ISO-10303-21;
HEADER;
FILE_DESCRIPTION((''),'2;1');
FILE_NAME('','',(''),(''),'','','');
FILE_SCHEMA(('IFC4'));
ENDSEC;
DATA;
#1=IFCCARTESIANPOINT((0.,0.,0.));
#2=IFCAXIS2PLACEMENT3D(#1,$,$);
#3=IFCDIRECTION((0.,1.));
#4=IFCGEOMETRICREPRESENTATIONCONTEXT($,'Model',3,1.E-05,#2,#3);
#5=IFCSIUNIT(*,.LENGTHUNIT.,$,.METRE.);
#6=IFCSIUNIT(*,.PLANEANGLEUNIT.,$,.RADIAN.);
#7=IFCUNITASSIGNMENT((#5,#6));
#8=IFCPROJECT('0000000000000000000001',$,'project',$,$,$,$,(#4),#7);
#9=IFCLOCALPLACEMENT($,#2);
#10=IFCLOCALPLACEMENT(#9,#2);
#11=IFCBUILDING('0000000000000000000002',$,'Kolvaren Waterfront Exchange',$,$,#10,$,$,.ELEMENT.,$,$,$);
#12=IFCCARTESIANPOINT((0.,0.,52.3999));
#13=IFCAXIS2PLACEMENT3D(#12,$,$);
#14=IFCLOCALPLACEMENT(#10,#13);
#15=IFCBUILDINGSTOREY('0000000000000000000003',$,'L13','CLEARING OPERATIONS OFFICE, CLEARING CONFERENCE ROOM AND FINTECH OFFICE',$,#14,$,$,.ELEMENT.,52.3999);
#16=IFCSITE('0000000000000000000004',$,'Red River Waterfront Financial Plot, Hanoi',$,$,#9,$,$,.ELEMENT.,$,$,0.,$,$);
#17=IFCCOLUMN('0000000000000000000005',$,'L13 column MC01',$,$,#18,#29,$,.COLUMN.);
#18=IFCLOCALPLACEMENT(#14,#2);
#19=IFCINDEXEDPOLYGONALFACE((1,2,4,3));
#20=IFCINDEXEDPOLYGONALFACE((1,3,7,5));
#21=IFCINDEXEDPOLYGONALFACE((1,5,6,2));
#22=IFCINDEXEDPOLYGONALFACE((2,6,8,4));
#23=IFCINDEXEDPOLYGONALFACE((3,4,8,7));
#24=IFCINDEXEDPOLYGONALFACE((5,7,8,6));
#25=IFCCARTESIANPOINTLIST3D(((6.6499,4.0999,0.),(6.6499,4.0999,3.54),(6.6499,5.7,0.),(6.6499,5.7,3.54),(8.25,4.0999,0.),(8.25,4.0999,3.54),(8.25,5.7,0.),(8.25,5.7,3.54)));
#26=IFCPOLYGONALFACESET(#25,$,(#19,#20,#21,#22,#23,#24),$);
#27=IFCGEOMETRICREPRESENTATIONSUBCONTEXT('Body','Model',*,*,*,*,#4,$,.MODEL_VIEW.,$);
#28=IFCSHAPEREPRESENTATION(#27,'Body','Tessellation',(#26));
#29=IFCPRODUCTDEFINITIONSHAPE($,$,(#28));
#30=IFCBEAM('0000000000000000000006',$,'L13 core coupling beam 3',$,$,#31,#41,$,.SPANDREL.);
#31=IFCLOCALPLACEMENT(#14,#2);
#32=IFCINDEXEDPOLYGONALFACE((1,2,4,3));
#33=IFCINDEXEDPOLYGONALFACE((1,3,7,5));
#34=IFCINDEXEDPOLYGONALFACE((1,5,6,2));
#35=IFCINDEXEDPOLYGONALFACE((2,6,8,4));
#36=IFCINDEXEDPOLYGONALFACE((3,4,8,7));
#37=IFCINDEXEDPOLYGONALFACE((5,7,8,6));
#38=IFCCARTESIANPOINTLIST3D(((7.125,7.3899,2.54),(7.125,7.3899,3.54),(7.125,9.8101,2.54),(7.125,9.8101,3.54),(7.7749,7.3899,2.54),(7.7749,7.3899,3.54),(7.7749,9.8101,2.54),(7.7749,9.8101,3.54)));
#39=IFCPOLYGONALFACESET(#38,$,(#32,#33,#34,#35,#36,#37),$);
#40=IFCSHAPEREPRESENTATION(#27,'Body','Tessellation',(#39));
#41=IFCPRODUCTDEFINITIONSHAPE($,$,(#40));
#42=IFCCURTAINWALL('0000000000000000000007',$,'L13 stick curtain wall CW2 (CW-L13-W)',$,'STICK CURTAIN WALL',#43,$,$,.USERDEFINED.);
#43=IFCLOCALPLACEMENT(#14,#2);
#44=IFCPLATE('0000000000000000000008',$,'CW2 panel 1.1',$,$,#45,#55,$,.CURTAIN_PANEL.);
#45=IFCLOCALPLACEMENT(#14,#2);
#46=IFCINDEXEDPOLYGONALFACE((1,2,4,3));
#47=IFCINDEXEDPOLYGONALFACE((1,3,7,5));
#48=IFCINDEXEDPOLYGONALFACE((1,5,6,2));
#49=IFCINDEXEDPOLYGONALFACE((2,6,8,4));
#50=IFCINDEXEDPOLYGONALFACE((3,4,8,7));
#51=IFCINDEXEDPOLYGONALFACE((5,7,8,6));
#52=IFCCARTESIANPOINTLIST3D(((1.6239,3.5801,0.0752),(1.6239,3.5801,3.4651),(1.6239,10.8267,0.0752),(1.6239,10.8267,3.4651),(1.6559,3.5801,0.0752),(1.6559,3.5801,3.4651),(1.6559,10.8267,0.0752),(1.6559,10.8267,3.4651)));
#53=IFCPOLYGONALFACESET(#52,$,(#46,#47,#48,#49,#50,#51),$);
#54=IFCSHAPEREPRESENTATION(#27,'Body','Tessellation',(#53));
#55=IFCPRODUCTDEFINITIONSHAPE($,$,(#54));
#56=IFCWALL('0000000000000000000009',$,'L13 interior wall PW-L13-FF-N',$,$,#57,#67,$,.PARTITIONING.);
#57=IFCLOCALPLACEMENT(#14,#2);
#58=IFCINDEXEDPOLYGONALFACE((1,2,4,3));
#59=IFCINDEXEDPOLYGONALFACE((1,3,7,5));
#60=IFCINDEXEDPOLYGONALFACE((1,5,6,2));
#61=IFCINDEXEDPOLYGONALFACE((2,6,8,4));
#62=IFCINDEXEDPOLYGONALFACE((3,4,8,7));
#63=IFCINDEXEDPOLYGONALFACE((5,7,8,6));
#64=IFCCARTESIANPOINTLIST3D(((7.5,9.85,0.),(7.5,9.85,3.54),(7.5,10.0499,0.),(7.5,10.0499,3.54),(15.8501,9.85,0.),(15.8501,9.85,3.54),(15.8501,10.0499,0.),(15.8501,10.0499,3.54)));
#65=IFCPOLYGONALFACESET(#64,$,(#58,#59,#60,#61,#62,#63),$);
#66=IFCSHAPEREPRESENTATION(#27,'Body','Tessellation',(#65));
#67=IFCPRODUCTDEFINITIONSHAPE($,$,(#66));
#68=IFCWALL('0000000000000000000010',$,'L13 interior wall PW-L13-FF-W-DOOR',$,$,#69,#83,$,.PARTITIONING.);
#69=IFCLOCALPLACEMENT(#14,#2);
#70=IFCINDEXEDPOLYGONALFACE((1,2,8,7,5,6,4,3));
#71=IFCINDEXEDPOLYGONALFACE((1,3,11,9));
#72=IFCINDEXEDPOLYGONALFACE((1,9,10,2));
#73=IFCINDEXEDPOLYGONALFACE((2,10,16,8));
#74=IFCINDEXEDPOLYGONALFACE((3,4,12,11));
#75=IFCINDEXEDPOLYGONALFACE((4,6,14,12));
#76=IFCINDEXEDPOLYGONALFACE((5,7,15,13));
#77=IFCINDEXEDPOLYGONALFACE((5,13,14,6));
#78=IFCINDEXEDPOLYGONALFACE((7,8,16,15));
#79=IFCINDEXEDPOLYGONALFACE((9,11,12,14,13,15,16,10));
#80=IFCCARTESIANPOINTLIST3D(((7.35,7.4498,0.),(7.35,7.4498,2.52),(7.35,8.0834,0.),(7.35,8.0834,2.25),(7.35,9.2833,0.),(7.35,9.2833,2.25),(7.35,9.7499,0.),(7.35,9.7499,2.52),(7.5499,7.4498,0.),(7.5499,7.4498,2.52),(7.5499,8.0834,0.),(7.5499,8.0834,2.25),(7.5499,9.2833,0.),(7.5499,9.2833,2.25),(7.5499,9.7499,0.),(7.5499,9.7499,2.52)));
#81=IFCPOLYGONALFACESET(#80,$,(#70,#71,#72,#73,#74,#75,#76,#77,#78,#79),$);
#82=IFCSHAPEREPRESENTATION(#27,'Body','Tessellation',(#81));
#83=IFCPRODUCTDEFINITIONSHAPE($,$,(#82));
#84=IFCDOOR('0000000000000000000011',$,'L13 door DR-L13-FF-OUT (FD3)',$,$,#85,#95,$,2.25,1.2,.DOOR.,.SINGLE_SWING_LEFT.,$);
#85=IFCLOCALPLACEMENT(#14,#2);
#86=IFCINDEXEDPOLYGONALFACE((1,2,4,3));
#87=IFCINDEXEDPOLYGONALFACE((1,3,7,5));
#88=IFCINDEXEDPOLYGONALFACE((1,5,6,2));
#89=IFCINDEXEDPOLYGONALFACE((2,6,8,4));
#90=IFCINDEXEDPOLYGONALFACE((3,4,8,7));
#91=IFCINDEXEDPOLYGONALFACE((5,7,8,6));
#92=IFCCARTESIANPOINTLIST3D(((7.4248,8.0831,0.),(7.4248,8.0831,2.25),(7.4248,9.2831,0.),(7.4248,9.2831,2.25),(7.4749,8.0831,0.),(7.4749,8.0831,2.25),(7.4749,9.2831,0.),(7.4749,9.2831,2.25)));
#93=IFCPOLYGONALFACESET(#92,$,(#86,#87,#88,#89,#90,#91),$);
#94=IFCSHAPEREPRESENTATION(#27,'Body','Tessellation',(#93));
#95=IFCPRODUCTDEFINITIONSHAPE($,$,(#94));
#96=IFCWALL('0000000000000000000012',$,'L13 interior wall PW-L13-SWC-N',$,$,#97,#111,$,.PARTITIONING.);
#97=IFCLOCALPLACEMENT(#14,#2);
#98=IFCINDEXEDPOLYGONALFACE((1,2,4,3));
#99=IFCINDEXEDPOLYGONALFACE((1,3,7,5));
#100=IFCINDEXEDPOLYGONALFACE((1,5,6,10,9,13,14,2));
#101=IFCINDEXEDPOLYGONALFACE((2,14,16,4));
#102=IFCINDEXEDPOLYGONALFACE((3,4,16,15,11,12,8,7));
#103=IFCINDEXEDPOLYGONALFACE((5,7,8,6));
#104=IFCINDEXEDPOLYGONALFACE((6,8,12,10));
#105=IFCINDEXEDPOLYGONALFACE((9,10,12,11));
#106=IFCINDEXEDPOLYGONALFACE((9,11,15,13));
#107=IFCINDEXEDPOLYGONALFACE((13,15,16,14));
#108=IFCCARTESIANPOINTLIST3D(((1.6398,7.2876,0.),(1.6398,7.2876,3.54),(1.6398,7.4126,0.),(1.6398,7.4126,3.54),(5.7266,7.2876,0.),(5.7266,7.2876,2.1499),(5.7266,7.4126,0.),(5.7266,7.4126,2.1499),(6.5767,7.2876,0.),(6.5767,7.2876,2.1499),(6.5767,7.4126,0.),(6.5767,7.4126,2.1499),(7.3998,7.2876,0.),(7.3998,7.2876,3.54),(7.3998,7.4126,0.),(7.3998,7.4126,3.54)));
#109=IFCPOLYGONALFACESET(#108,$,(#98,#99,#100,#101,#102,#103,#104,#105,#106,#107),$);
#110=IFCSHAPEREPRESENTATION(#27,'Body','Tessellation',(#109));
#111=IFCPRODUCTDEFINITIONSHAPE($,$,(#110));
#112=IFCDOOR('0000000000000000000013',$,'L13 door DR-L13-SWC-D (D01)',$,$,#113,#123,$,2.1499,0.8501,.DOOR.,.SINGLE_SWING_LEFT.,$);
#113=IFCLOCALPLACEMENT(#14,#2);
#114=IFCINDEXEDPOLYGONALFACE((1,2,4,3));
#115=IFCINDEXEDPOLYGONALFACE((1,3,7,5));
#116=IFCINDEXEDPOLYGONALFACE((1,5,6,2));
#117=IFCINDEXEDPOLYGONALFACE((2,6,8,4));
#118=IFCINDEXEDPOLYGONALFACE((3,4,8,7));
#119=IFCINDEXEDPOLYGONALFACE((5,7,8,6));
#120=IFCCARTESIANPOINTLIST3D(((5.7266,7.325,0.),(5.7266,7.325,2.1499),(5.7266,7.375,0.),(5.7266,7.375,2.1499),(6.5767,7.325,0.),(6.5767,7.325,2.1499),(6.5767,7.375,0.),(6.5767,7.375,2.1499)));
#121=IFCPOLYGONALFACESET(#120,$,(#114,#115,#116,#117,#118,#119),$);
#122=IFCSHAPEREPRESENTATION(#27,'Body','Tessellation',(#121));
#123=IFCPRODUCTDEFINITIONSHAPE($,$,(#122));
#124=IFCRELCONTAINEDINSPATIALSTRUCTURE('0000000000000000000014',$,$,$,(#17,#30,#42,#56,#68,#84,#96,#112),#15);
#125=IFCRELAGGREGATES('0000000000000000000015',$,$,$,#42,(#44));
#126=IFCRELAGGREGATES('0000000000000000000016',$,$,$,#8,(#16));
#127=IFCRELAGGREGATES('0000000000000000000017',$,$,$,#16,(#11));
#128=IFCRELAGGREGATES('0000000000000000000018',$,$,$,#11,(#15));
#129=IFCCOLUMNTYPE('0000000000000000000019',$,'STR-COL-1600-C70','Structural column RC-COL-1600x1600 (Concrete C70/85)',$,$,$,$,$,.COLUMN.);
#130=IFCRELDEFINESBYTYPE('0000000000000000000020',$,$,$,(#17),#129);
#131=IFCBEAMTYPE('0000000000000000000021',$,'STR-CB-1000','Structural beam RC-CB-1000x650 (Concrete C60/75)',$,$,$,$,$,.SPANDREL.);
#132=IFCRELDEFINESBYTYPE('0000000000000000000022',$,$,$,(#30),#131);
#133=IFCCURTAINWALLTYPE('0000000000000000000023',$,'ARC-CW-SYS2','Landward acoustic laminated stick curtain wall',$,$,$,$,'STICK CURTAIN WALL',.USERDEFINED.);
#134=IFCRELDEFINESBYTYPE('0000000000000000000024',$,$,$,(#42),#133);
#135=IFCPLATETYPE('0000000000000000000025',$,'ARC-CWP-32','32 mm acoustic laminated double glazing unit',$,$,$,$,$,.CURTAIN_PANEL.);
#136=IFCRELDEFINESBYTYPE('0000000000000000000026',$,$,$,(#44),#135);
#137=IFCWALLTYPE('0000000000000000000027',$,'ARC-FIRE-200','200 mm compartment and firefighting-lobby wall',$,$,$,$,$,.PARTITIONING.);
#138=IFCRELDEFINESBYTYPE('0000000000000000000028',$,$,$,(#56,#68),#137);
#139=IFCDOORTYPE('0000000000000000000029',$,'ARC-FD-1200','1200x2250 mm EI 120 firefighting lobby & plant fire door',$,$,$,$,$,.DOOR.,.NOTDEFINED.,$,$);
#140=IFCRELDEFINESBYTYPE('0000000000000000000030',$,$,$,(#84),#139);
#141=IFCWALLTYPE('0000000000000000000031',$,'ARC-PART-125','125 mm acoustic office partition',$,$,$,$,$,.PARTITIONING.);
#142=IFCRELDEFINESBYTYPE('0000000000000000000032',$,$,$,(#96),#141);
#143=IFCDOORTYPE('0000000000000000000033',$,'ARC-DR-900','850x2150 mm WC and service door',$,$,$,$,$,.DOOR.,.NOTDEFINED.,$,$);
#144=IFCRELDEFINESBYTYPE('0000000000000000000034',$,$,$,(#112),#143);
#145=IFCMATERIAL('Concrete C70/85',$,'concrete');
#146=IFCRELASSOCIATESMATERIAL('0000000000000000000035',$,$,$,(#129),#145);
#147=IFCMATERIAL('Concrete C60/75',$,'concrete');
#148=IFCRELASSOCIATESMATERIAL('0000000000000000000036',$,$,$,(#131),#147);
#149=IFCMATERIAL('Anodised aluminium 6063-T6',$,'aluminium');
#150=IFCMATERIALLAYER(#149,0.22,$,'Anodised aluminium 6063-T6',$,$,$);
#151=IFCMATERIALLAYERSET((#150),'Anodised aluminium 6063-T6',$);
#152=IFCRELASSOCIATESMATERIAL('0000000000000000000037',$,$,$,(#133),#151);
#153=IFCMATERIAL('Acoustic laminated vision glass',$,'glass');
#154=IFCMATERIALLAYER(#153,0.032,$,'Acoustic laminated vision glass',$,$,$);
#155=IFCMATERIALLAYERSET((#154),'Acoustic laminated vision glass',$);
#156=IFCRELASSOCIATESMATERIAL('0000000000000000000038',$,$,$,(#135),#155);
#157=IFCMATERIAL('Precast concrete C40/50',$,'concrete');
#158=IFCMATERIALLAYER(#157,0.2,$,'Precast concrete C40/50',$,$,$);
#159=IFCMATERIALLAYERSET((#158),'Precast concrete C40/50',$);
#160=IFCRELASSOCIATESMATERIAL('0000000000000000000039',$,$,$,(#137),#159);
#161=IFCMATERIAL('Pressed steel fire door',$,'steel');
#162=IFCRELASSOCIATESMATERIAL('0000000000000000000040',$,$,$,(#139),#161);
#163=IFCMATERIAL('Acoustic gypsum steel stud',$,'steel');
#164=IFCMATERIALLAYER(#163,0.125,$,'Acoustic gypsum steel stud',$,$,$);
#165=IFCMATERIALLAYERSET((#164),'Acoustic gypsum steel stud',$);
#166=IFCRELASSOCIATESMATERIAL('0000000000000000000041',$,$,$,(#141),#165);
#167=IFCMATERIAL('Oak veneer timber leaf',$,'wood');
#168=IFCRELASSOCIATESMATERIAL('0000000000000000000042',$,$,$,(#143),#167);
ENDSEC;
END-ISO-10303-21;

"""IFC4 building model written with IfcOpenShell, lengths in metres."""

from ifc_helpers import new_model, si_unit, direction, frame, frame_2d, origin, origin_with_axes, origin_2d, place, context, subcontext, project, spatial, rectangle, extrude, source, transform, mapped, material, layer, layer_set, material_profile, profile_set, type_object, element, fill, aggregate, save


model = new_model("IFC4")

# Units and contexts
model_context = context("Model", 3, precision=1e-05, world=origin(), true_north=direction((0.0, 1.0)))
body_context = subcontext(model_context, "Body", "Model", "MODEL_VIEW")
ifc_project = project(units=[si_unit("LENGTHUNIT", "METRE"), si_unit("PLANEANGLEUNIT", "RADIAN")], contexts=[model_context])

# Site, building, storey
site_placement = place(None, origin())
site = spatial("IfcSite", under=ifc_project, at=site_placement, Name="Red River Waterfront Financial Plot, Hanoi", CompositionType="ELEMENT", RefElevation=0.0)
building_placement = place(site_placement, origin())
building = spatial("IfcBuilding", under=site, at=building_placement, Name="Kolvaren Waterfront Exchange", CompositionType="ELEMENT")
storey_placement = place(building_placement, frame((0.0, 0.0, 52.3999)))
storey = spatial("IfcBuildingStorey", under=building, at=storey_placement, Name="L13", Description="CLEARING OPERATIONS OFFICE, CLEARING CONFERENCE ROOM AND FINTECH OFFICE", CompositionType="ELEMENT", Elevation=52.3999)

# Column
ifc_material_1 = material(Name="Concrete C70/85", Category="concrete")
ifc_material_profile_1 = material_profile(ifc_material_1, rectangle(XDim=1.6001, YDim=1.6001, at=origin_2d()), Name="RC-COL-1600x1600")
ifc_profile_set_1 = profile_set([ifc_material_profile_1], Name="Concrete C70/85")
column_type = type_object("IfcColumnType", Name="STR-COL-1600-C70", Description="Structural column RC-COL-1600x1600 (Concrete C70/85)", PredefinedType="COLUMN", material=ifc_profile_set_1)
column_placement = place(storey_placement, frame((7.45, 4.8999, 0.0), z_axis=(0.0, 0.0, 1.0), x_axis=(1.0, 0.0, 0.0)))
element("IfcColumn", 1, at=column_placement, inside=storey, type_object=column_type, Name="L13 column MC01", PredefinedType="COLUMN", context=body_context, shape_type="SweptSolid", body=[
    extrude(rectangle(XDim=1.6001, YDim=1.6001, at=origin_2d()), origin(), (0.0, 0.0, 1.0), 3.54),
])

# Beam
ifc_material_2 = material(Name="Concrete C60/75", Category="concrete")
ifc_material_profile_2 = material_profile(ifc_material_2, rectangle(XDim=0.6499, YDim=1.0, at=origin_2d()), Name="RC-CB-1000x650")
ifc_profile_set_2 = profile_set([ifc_material_profile_2], Name="Concrete C60/75")
beam_type = type_object("IfcBeamType", Name="STR-CB-1000", Description="Structural beam RC-CB-1000x650 (Concrete C60/75)", PredefinedType="SPANDREL", material=ifc_profile_set_2)
beam_placement = place(storey_placement, frame((7.45, 7.3899, 3.04), z_axis=(0.0, 1.0, 0.0), x_axis=(-1.0, 0.0, 0.0)))
element("IfcBeam", 2, at=beam_placement, inside=storey, type_object=beam_type, Name="L13 core coupling beam 3", PredefinedType="SPANDREL", context=body_context, shape_type="SweptSolid", body=[
    extrude(rectangle(XDim=0.6499, YDim=1.0, at=origin_2d()), origin(), (0.0, 0.0, 1.0), 2.4202),
])

# Curtain wall, plate
ifc_material_3 = material(Name="Anodised aluminium 6063-T6", Category="aluminium")
ifc_layer_1 = layer(ifc_material_3, 0.22, Name="Anodised aluminium 6063-T6")
ifc_layer_set_1 = layer_set([ifc_layer_1], Name="Anodised aluminium 6063-T6")
curtain_wall_type = type_object("IfcCurtainWallType", Name="ARC-CW-SYS2", Description="Landward acoustic laminated stick curtain wall", ElementType="STICK CURTAIN WALL", PredefinedType="USERDEFINED", material=ifc_layer_set_1)
curtain_wall_placement = place(storey_placement, origin())
curtain_wall = element("IfcCurtainWall", 3, at=curtain_wall_placement, inside=storey, type_object=curtain_wall_type, Name="L13 stick curtain wall CW2 (CW-L13-W)", ObjectType="STICK CURTAIN WALL", PredefinedType="USERDEFINED")
ifc_material_4 = material(Name="Acoustic laminated vision glass", Category="glass")
ifc_layer_2 = layer(ifc_material_4, 0.032, Name="Acoustic laminated vision glass")
ifc_layer_set_2 = layer_set([ifc_layer_2], Name="Acoustic laminated vision glass")
plate_type = type_object("IfcPlateType", Name="ARC-CWP-32", Description="32 mm acoustic laminated double glazing unit", PredefinedType="CURTAIN_PANEL", material=ifc_layer_set_2)
shared_shape = source(origin_with_axes(), body_context, "Body", "SweptSolid", [
    extrude(rectangle(XDim=7.2466, YDim=0.032, at=origin_2d()), origin(), (0.0, 0.0, 1.0), 3.3899),
])
plate_placement = place(storey_placement, frame((1.6399, 7.2034, 0.0752), z_axis=(0.0, 0.0, 1.0), x_axis=(0.0, 1.0, 0.0)))
plate = element("IfcPlate", 4, at=plate_placement, type_object=plate_type, Name="CW2 panel 1.1", PredefinedType="CURTAIN_PANEL", context=body_context, shape_type="MappedRepresentation", body=[
    mapped(shared_shape, transform((0.0, 0.0, 0.0), x_axis=(1.0, 0.0, 0.0), y_axis=(0.0, 1.0, 0.0), z_axis=(0.0, 0.0, 1.0), scale=1.0)),
])
aggregate(curtain_wall, [plate])

# Wall
ifc_material_5 = material(Name="Precast concrete C40/50", Category="concrete")
ifc_layer_3 = layer(ifc_material_5, 0.2, Name="Precast concrete C40/50")
ifc_layer_set_3 = layer_set([ifc_layer_3], Name="Precast concrete C40/50")
wall_type_1 = type_object("IfcWallType", Name="ARC-FIRE-200", Description="200 mm compartment and firefighting-lobby wall", PredefinedType="PARTITIONING", material=ifc_layer_set_3)
wall_1_placement = place(storey_placement, frame((7.5, 9.95, 0.0), z_axis=(0.0, 0.0, 1.0), x_axis=(1.0, 0.0, 0.0)))
element("IfcWall", 5, at=wall_1_placement, inside=storey, type_object=wall_type_1, Name="L13 interior wall PW-L13-FF-N", PredefinedType="PARTITIONING", context=body_context, shape_type="SweptSolid", body=[
    extrude(rectangle(XDim=8.3501, YDim=0.2, at=frame_2d((4.175, 0.0))), origin(), (0.0, 0.0, 1.0), 3.54),
])

# Walls, openings, doors
wall_2_placement = place(storey_placement, frame((7.45, 7.45, 0.0), z_axis=(0.0, 0.0, 1.0), x_axis=(0.0, 1.0, 0.0)))
wall_2 = element("IfcWall", 6, at=wall_2_placement, inside=storey, type_object=wall_type_1, Name="L13 interior wall PW-L13-FF-W-DOOR", PredefinedType="PARTITIONING", context=body_context, shape_type="SweptSolid", body=[
    extrude(rectangle(XDim=2.3, YDim=0.2, at=frame_2d((1.1499, 0.0))), origin(), (0.0, 0.0, 1.0), 2.52),
])
opening_1_placement = place(wall_2_placement, frame((0.6333, 0.0, 0.0)))
opening_1 = element("IfcOpeningElement", 7, at=opening_1_placement, cuts=wall_2, PredefinedType="OPENING", context=body_context, shape_type="SweptSolid", body=[
    extrude(rectangle(XDim=1.2, YDim=2.25, at=frame_2d((0.6001, 1.125))), frame((0.0, 0.1099, 0.0), z_axis=(0.0, -1.0, 0.0), x_axis=(1.0, 0.0, 0.0)), (0.0, 0.0, 1.0), 0.22),
])
ifc_material_6 = material(Name="Pressed steel fire door", Category="steel")
door_type_1 = type_object("IfcDoorType", Name="ARC-FD-1200", Description="1200x2250 mm EI 120 firefighting lobby & plant fire door", OperationType="NOTDEFINED", PredefinedType="DOOR", material=ifc_material_6)
door_1_placement = place(opening_1_placement, frame((1.2, 0.0, 0.0), z_axis=(0.0, 0.0, 1.0), x_axis=(-1.0, 0.0, 0.0)))
door_1 = element("IfcDoor", 8, at=door_1_placement, inside=storey, type_object=door_type_1, Name="L13 door DR-L13-FF-OUT (FD3)", OperationType="SINGLE_SWING_LEFT", OverallHeight=2.25, OverallWidth=1.2, PredefinedType="DOOR", context=body_context, shape_type="SweptSolid", body=[
    extrude(rectangle(XDim=1.2, YDim=2.25, at=frame_2d((0.6001, 1.125))), frame((0.0, 0.0249, 0.0), z_axis=(0.0, -1.0, 0.0), x_axis=(1.0, 0.0, 0.0)), (0.0, 0.0, 1.0), 0.05),
])
fill(opening_1, door_1)
ifc_material_7 = material(Name="Acoustic gypsum steel stud", Category="steel")
ifc_layer_4 = layer(ifc_material_7, 0.125, Name="Acoustic gypsum steel stud")
ifc_layer_set_4 = layer_set([ifc_layer_4], Name="Acoustic gypsum steel stud")
wall_type_2 = type_object("IfcWallType", Name="ARC-PART-125", Description="125 mm acoustic office partition", PredefinedType="PARTITIONING", material=ifc_layer_set_4)
wall_3_placement = place(storey_placement, frame((1.6399, 7.3501, 0.0), z_axis=(0.0, 0.0, 1.0), x_axis=(1.0, 0.0, 0.0)))
wall_3 = element("IfcWall", 9, at=wall_3_placement, inside=storey, type_object=wall_type_2, Name="L13 interior wall PW-L13-SWC-N", PredefinedType="PARTITIONING", context=body_context, shape_type="SweptSolid", body=[
    extrude(rectangle(XDim=5.76, YDim=0.125, at=frame_2d((2.8799, 0.0))), origin(), (0.0, 0.0, 1.0), 3.54),
])
opening_2_placement = place(wall_3_placement, frame((4.0867, 0.0, 0.0)))
opening_2 = element("IfcOpeningElement", 10, at=opening_2_placement, cuts=wall_3, PredefinedType="OPENING", context=body_context, shape_type="SweptSolid", body=[
    extrude(rectangle(XDim=0.8501, YDim=2.1499, at=frame_2d((0.425, 1.075))), frame((0.0, 0.0725, 0.0), z_axis=(0.0, -1.0, 0.0), x_axis=(1.0, 0.0, 0.0)), (0.0, 0.0, 1.0), 0.145),
])
ifc_material_8 = material(Name="Oak veneer timber leaf", Category="wood")
door_type_2 = type_object("IfcDoorType", Name="ARC-DR-900", Description="850x2150 mm WC and service door", OperationType="NOTDEFINED", PredefinedType="DOOR", material=ifc_material_8)
door_2_placement = place(opening_2_placement, origin())
door_2 = element("IfcDoor", 11, at=door_2_placement, inside=storey, type_object=door_type_2, Name="L13 door DR-L13-SWC-D (D01)", OperationType="SINGLE_SWING_LEFT", OverallHeight=2.1499, OverallWidth=0.8501, PredefinedType="DOOR", context=body_context, shape_type="SweptSolid", body=[
    extrude(rectangle(XDim=0.8501, YDim=2.1499, at=frame_2d((0.425, 1.075))), frame((0.0, 0.0249, 0.0), z_axis=(0.0, -1.0, 0.0), x_axis=(1.0, 0.0, 0.0)), (0.0, 0.0, 1.0), 0.05),
])
fill(opening_2, door_2)

save(model, "model.ifc")
